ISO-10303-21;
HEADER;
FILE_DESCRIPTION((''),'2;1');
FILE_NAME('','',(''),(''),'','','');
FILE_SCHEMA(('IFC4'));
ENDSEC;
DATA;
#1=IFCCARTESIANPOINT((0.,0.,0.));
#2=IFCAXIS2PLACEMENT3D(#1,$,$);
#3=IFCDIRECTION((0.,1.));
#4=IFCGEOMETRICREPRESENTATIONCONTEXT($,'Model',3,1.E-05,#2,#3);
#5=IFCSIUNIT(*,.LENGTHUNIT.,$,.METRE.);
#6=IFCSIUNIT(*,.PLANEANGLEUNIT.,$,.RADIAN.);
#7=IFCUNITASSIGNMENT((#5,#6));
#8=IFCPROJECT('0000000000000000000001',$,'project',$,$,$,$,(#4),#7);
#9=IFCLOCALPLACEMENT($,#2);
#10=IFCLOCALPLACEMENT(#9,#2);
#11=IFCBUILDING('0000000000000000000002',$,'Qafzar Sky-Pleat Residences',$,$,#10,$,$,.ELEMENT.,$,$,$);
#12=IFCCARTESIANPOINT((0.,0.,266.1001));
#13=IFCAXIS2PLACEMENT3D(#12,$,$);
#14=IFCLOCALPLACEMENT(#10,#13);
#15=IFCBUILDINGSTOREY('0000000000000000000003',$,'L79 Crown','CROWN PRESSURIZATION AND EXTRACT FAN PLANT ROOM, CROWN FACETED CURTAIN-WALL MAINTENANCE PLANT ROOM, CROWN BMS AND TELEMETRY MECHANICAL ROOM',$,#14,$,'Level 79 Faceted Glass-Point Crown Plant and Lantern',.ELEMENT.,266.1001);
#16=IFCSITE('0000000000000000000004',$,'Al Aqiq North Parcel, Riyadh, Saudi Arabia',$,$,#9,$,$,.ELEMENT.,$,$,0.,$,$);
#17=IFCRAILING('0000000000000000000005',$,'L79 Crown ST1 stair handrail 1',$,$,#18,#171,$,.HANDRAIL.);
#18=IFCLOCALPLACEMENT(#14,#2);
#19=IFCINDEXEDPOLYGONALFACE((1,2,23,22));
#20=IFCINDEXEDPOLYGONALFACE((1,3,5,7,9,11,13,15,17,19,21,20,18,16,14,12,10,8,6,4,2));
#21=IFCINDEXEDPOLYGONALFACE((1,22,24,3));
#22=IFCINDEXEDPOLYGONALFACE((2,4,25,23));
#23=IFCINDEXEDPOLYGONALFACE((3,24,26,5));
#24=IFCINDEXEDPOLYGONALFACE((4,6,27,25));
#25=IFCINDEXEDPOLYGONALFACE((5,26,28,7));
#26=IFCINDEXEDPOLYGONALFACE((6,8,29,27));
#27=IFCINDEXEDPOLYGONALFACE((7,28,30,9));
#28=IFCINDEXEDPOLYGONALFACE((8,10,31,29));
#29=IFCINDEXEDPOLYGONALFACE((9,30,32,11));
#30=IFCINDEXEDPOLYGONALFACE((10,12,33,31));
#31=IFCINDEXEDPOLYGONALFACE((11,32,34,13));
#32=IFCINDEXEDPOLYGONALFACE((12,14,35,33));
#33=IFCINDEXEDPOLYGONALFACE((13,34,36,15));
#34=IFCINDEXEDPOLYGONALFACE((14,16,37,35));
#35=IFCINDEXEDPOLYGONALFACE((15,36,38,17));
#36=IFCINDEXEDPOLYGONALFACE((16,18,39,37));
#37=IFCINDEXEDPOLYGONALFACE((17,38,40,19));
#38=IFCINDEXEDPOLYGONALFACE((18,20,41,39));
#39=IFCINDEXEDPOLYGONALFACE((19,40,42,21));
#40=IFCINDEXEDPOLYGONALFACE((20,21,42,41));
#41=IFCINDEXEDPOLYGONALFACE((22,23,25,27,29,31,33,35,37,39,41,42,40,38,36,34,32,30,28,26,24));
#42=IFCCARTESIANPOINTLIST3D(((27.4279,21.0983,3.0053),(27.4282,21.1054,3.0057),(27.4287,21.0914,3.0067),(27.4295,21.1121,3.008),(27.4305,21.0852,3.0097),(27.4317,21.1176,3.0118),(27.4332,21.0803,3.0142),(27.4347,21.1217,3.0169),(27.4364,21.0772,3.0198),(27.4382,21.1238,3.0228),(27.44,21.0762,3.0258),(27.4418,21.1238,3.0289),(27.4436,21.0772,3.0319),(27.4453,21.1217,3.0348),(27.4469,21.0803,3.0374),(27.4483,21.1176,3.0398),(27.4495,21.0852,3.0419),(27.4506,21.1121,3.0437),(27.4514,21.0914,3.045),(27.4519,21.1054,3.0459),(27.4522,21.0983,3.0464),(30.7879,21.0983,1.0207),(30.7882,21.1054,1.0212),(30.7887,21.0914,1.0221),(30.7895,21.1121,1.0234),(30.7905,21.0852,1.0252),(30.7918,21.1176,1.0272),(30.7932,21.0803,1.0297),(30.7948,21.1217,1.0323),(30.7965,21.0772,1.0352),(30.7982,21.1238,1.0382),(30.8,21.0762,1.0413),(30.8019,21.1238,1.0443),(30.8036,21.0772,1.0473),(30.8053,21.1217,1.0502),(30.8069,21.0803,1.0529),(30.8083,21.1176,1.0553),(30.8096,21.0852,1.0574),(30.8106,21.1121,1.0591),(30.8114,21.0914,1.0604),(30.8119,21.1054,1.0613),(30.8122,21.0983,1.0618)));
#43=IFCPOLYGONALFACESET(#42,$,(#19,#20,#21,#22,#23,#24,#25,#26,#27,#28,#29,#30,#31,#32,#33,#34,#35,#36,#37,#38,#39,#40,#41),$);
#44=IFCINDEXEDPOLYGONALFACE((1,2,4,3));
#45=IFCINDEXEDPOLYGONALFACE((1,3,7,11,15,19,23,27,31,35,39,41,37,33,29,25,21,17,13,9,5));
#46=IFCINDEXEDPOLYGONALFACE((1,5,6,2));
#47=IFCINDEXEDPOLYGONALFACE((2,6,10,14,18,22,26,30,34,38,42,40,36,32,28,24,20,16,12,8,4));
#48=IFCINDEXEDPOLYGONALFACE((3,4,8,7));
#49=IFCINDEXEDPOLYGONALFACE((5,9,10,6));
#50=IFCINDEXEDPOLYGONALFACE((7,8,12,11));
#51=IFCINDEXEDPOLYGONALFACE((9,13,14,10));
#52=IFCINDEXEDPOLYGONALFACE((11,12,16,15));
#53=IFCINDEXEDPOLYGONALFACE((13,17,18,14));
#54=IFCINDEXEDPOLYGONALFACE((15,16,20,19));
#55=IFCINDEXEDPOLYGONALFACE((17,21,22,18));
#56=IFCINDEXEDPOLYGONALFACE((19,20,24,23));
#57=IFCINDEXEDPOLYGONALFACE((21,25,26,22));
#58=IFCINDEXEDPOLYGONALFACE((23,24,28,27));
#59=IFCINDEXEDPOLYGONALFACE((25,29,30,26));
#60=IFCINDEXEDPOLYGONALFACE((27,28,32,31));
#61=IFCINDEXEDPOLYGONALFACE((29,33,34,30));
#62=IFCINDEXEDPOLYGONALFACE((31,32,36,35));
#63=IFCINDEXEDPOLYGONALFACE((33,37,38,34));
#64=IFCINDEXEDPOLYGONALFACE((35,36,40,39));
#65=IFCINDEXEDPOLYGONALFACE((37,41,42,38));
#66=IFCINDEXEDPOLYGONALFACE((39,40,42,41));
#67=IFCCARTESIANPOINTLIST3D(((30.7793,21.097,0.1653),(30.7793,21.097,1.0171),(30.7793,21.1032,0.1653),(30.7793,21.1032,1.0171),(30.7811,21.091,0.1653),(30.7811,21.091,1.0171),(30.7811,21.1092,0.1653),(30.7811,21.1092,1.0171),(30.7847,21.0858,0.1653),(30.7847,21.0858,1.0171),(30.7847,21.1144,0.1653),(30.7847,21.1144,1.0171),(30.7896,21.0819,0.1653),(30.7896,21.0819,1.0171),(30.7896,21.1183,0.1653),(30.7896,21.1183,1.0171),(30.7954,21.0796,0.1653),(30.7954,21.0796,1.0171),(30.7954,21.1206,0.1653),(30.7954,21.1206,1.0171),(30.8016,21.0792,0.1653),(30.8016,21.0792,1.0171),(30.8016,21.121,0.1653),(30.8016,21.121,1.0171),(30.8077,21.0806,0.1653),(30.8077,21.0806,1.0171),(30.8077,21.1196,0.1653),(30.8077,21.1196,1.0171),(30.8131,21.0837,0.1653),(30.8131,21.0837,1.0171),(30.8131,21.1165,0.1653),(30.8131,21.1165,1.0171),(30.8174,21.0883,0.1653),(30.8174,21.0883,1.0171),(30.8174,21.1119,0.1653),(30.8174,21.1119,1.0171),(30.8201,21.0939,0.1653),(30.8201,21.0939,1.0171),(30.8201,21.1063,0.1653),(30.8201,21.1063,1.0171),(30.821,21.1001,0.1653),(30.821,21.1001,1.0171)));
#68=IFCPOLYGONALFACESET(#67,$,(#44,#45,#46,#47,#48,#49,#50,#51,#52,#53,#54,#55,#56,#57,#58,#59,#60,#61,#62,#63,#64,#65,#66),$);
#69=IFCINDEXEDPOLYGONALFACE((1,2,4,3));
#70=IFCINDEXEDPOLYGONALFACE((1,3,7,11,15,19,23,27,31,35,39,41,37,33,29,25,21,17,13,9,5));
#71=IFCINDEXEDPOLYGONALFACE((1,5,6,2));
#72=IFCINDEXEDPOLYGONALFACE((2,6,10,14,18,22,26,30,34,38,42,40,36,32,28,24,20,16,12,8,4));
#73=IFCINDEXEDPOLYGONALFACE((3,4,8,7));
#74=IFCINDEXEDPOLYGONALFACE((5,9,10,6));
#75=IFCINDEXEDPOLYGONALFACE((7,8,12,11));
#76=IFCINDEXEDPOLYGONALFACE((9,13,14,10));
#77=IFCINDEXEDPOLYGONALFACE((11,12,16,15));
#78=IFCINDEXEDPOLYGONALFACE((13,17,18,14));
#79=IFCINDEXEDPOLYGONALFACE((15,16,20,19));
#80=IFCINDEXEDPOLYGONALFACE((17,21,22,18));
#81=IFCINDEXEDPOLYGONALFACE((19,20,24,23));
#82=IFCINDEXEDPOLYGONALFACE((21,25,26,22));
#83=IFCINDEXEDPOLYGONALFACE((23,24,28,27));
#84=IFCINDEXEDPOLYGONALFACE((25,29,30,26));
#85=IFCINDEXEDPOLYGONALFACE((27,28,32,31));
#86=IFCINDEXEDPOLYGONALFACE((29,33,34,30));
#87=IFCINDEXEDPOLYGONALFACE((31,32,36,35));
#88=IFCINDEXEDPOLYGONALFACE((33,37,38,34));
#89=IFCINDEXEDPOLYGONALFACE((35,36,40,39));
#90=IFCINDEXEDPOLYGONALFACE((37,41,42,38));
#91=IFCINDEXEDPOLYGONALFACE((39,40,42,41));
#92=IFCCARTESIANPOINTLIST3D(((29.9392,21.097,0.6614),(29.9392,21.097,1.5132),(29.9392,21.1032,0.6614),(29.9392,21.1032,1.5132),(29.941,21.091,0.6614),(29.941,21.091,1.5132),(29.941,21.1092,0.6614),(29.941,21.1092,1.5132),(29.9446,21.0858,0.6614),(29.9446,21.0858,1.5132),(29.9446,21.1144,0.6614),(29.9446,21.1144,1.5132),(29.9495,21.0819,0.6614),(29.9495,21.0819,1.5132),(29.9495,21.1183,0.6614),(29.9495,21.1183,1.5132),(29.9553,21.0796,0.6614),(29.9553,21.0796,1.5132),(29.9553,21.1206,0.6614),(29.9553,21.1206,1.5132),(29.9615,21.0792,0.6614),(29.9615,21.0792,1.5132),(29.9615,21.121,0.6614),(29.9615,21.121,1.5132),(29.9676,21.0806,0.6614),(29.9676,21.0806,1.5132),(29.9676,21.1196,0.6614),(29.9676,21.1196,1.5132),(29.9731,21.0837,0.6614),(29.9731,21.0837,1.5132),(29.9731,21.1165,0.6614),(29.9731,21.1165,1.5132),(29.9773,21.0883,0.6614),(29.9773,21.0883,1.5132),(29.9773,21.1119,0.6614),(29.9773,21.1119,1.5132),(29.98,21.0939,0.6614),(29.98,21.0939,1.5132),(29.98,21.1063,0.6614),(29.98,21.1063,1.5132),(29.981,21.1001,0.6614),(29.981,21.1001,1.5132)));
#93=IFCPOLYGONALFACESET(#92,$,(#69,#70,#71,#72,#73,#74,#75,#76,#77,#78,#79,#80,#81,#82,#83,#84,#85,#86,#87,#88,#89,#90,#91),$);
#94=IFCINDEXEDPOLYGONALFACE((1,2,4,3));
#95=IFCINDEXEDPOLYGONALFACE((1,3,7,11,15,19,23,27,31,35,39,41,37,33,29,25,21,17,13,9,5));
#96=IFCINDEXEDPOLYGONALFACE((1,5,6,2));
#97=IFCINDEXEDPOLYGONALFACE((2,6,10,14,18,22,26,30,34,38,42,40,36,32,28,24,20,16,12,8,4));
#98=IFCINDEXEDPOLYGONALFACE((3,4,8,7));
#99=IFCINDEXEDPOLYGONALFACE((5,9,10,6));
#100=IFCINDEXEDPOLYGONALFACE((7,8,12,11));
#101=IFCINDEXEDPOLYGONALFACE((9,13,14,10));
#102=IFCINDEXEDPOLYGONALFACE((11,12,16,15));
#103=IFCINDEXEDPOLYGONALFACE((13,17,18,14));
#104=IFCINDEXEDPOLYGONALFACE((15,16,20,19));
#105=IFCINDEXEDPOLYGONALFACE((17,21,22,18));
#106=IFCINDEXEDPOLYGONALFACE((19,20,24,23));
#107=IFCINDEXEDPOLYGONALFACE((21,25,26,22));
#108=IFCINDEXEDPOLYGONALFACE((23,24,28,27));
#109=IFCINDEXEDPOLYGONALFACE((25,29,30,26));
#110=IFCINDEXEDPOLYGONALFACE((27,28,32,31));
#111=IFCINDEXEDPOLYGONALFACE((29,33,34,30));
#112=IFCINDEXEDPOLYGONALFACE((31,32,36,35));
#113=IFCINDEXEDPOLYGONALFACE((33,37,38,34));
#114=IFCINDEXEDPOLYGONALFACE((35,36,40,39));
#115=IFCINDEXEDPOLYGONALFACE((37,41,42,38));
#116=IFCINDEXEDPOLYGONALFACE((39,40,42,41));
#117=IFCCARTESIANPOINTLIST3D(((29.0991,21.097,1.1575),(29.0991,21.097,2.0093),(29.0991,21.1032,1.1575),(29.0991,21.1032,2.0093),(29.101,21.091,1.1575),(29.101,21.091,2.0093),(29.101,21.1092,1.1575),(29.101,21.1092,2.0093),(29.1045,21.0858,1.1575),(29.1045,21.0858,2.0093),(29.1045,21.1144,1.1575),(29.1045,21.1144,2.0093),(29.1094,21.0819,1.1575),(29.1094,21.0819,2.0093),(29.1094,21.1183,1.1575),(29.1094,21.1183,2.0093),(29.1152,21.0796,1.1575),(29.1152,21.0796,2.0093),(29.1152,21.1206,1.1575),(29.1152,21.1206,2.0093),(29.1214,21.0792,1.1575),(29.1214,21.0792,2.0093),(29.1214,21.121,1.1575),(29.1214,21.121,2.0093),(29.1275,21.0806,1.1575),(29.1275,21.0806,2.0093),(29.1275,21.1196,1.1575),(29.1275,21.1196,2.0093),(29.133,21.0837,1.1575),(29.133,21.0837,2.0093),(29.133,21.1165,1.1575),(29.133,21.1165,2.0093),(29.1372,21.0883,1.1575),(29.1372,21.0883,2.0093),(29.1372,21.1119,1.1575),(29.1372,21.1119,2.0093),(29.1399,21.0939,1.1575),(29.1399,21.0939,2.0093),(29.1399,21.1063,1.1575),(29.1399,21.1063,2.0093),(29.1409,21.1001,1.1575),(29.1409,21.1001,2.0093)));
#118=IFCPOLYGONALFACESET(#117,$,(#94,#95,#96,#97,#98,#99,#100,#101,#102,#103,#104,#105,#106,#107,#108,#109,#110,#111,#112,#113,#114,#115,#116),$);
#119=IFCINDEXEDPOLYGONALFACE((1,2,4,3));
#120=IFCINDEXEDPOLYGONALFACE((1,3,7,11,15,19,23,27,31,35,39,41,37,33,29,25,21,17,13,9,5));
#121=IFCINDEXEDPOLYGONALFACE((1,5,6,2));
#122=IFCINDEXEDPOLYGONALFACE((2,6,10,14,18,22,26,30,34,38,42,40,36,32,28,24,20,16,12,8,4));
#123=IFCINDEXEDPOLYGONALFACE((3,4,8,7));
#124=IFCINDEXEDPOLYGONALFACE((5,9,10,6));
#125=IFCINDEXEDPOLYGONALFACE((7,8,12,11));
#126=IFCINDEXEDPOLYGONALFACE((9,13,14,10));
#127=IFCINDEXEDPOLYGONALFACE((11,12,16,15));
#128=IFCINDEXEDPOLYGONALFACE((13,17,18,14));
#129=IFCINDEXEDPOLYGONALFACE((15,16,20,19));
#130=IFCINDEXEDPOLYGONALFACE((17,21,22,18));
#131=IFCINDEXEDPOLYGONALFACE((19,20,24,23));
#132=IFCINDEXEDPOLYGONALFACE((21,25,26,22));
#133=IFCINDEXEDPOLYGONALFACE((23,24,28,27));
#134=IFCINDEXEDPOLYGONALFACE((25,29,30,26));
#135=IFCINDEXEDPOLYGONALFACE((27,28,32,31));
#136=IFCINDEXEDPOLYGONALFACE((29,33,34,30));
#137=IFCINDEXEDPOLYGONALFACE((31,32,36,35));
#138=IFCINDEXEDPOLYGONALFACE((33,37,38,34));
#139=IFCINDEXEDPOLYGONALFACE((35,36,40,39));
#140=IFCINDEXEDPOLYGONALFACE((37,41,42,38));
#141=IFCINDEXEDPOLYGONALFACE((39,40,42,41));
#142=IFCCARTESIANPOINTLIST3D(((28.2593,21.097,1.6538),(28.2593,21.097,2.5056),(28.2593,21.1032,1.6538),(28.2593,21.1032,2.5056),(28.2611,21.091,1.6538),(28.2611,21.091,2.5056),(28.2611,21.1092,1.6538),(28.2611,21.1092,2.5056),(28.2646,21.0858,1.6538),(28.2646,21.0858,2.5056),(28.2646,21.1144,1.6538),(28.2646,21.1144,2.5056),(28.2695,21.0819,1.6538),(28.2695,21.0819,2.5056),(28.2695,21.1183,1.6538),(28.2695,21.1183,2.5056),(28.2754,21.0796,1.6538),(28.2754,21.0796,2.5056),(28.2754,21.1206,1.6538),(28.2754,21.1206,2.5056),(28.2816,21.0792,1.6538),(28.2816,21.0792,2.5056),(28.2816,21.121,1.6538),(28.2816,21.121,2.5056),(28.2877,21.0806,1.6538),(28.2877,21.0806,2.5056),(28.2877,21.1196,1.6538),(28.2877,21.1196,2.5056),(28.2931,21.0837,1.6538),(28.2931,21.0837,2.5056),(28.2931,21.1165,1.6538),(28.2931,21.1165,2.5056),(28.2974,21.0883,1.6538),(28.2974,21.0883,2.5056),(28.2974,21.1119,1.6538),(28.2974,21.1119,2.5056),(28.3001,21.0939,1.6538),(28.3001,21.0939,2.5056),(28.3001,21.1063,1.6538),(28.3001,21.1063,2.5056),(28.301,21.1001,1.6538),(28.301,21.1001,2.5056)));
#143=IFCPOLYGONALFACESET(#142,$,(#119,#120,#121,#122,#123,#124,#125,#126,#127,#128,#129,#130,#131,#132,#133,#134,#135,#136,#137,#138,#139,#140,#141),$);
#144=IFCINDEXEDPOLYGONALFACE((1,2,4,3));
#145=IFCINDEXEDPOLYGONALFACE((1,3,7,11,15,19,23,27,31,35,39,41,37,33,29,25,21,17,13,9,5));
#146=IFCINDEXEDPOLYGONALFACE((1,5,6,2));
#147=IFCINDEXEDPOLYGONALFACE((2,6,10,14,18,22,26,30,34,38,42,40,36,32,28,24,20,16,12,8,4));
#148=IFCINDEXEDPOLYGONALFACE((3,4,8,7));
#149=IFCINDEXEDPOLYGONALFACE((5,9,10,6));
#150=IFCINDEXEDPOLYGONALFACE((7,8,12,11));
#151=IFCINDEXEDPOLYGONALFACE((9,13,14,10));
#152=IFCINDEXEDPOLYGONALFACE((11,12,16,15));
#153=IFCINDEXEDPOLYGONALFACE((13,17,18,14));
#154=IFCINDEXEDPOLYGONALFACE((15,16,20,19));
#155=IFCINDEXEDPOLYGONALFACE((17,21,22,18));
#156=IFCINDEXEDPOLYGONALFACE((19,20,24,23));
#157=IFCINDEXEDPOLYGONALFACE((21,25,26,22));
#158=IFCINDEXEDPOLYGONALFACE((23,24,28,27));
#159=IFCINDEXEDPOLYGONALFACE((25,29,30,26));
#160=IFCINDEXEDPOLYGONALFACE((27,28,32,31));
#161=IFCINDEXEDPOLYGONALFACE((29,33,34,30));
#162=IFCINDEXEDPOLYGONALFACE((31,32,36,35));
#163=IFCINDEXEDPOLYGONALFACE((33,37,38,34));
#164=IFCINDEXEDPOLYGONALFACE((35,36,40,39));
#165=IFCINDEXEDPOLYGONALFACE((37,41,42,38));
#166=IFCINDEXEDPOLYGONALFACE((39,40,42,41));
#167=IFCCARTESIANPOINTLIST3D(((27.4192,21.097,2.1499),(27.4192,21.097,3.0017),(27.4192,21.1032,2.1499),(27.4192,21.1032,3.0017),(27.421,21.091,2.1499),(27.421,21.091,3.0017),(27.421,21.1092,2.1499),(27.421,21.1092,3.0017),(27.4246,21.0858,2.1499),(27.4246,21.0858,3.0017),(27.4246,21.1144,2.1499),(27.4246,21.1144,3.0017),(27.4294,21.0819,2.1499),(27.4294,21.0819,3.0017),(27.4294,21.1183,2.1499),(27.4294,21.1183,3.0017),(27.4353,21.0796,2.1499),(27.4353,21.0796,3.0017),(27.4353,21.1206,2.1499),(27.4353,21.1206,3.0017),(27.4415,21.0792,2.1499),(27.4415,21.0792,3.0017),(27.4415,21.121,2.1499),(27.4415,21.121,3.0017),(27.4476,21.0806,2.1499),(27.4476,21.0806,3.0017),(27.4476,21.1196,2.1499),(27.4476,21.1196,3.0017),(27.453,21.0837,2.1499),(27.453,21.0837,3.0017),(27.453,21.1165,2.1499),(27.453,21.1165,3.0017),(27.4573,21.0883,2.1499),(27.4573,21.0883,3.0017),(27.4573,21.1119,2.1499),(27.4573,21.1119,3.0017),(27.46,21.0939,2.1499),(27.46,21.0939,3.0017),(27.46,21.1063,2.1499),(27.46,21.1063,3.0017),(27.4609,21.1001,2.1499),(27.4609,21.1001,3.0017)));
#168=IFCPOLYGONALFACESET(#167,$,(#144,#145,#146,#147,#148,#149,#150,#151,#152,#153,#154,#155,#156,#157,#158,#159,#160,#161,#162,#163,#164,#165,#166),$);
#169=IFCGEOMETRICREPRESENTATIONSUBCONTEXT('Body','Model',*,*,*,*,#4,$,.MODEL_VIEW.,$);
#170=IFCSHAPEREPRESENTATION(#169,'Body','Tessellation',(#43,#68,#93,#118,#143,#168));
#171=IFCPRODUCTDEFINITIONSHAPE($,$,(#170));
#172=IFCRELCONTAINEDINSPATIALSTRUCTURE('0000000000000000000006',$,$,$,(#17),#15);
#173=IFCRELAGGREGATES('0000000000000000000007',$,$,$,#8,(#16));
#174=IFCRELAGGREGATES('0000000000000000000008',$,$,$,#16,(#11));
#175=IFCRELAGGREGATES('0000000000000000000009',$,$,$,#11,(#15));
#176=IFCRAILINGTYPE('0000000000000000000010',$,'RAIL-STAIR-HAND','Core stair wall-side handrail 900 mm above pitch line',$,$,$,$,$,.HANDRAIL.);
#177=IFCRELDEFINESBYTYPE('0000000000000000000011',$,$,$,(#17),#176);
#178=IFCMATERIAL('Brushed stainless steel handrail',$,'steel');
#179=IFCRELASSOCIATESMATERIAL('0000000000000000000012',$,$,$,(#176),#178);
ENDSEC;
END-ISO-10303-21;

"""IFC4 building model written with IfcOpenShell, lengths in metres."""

from ifc_helpers import new_model, si_unit, direction, frame, origin, origin_2d, place, context, subcontext, project, spatial, circle, extrude, source, transform, mapped, material, type_object, element, save


model = new_model("IFC4")

# Units and contexts
model_context = context("Model", 3, precision=1e-05, world=origin(), true_north=direction((0.0, 1.0)))
body_context = subcontext(model_context, "Body", "Model", "MODEL_VIEW")
ifc_project = project(units=[si_unit("LENGTHUNIT", "METRE"), si_unit("PLANEANGLEUNIT", "RADIAN")], contexts=[model_context])

# Site, building, storey
site_placement = place(None, origin())
site = spatial("IfcSite", under=ifc_project, at=site_placement, Name="Al Aqiq North Parcel, Riyadh, Saudi Arabia", CompositionType="ELEMENT", RefElevation=0.0)
building_placement = place(site_placement, origin())
building = spatial("IfcBuilding", under=site, at=building_placement, Name="Qafzar Sky-Pleat Residences", CompositionType="ELEMENT")
storey_placement = place(building_placement, frame((0.0, 0.0, 266.1001)))
storey = spatial("IfcBuildingStorey", under=building, at=storey_placement, Name="L79 Crown", Description="CROWN PRESSURIZATION AND EXTRACT FAN PLANT ROOM, CROWN FACETED CURTAIN-WALL MAINTENANCE PLANT ROOM, CROWN BMS AND TELEMETRY MECHANICAL ROOM", LongName="Level 79 Faceted Glass-Point Crown Plant and Lantern", CompositionType="ELEMENT", Elevation=266.1001)

# Railing
ifc_material_1 = material(Name="Brushed stainless steel handrail", Category="steel")
railing_type_1 = type_object("IfcRailingType", Name="RAIL-STAIR-HAND", Description="Core stair wall-side handrail 900 mm above pitch line", PredefinedType="HANDRAIL", material=ifc_material_1)
shared_shape_1 = source(origin(), body_context, "Body", "SweptSolid", [
    extrude(circle(Radius=0.0239, at=origin_2d()), frame((0.0, 0.0, 0.876), z_axis=(-0.861027, 0.0, 0.508559), x_axis=(0.0, -1.0, 0.0)), (0.0, 0.0, 1.0), 3.9023),
    extrude(circle(Radius=0.021, at=origin_2d()), origin(), (0.0, 0.0, 1.0), 0.8518),
    extrude(circle(Radius=0.021, at=origin_2d()), frame((-0.8401, 0.0, 0.4961)), (0.0, 0.0, 1.0), 0.8518),
    extrude(circle(Radius=0.021, at=origin_2d()), frame((-1.6802, 0.0, 0.9922)), (0.0, 0.0, 1.0), 0.8518),
    extrude(circle(Radius=0.021, at=origin_2d()), frame((-2.52, 0.0, 1.4885)), (0.0, 0.0, 1.0), 0.8518),
    extrude(circle(Radius=0.021, at=origin_2d()), frame((-3.3601, 0.0, 1.9846)), (0.0, 0.0, 1.0), 0.8518),
])
railing_1_placement = place(storey_placement, frame((30.8, 21.1001, 0.1653)))
element("IfcRailing", 1, at=railing_1_placement, inside=storey, type_object=railing_type_1, Name="L79 Crown ST1 stair handrail 1", PredefinedType="HANDRAIL", context=body_context, shape_type="MappedRepresentation", body=[
    mapped(shared_shape_1, transform((0.0, 0.0, 0.0), x_axis=(1.0, 0.0, 0.0), y_axis=(0.0, 1.0, 0.0), z_axis=(0.0, 0.0, 1.0), scale=1.0)),
])

save(model, "model.ifc")
